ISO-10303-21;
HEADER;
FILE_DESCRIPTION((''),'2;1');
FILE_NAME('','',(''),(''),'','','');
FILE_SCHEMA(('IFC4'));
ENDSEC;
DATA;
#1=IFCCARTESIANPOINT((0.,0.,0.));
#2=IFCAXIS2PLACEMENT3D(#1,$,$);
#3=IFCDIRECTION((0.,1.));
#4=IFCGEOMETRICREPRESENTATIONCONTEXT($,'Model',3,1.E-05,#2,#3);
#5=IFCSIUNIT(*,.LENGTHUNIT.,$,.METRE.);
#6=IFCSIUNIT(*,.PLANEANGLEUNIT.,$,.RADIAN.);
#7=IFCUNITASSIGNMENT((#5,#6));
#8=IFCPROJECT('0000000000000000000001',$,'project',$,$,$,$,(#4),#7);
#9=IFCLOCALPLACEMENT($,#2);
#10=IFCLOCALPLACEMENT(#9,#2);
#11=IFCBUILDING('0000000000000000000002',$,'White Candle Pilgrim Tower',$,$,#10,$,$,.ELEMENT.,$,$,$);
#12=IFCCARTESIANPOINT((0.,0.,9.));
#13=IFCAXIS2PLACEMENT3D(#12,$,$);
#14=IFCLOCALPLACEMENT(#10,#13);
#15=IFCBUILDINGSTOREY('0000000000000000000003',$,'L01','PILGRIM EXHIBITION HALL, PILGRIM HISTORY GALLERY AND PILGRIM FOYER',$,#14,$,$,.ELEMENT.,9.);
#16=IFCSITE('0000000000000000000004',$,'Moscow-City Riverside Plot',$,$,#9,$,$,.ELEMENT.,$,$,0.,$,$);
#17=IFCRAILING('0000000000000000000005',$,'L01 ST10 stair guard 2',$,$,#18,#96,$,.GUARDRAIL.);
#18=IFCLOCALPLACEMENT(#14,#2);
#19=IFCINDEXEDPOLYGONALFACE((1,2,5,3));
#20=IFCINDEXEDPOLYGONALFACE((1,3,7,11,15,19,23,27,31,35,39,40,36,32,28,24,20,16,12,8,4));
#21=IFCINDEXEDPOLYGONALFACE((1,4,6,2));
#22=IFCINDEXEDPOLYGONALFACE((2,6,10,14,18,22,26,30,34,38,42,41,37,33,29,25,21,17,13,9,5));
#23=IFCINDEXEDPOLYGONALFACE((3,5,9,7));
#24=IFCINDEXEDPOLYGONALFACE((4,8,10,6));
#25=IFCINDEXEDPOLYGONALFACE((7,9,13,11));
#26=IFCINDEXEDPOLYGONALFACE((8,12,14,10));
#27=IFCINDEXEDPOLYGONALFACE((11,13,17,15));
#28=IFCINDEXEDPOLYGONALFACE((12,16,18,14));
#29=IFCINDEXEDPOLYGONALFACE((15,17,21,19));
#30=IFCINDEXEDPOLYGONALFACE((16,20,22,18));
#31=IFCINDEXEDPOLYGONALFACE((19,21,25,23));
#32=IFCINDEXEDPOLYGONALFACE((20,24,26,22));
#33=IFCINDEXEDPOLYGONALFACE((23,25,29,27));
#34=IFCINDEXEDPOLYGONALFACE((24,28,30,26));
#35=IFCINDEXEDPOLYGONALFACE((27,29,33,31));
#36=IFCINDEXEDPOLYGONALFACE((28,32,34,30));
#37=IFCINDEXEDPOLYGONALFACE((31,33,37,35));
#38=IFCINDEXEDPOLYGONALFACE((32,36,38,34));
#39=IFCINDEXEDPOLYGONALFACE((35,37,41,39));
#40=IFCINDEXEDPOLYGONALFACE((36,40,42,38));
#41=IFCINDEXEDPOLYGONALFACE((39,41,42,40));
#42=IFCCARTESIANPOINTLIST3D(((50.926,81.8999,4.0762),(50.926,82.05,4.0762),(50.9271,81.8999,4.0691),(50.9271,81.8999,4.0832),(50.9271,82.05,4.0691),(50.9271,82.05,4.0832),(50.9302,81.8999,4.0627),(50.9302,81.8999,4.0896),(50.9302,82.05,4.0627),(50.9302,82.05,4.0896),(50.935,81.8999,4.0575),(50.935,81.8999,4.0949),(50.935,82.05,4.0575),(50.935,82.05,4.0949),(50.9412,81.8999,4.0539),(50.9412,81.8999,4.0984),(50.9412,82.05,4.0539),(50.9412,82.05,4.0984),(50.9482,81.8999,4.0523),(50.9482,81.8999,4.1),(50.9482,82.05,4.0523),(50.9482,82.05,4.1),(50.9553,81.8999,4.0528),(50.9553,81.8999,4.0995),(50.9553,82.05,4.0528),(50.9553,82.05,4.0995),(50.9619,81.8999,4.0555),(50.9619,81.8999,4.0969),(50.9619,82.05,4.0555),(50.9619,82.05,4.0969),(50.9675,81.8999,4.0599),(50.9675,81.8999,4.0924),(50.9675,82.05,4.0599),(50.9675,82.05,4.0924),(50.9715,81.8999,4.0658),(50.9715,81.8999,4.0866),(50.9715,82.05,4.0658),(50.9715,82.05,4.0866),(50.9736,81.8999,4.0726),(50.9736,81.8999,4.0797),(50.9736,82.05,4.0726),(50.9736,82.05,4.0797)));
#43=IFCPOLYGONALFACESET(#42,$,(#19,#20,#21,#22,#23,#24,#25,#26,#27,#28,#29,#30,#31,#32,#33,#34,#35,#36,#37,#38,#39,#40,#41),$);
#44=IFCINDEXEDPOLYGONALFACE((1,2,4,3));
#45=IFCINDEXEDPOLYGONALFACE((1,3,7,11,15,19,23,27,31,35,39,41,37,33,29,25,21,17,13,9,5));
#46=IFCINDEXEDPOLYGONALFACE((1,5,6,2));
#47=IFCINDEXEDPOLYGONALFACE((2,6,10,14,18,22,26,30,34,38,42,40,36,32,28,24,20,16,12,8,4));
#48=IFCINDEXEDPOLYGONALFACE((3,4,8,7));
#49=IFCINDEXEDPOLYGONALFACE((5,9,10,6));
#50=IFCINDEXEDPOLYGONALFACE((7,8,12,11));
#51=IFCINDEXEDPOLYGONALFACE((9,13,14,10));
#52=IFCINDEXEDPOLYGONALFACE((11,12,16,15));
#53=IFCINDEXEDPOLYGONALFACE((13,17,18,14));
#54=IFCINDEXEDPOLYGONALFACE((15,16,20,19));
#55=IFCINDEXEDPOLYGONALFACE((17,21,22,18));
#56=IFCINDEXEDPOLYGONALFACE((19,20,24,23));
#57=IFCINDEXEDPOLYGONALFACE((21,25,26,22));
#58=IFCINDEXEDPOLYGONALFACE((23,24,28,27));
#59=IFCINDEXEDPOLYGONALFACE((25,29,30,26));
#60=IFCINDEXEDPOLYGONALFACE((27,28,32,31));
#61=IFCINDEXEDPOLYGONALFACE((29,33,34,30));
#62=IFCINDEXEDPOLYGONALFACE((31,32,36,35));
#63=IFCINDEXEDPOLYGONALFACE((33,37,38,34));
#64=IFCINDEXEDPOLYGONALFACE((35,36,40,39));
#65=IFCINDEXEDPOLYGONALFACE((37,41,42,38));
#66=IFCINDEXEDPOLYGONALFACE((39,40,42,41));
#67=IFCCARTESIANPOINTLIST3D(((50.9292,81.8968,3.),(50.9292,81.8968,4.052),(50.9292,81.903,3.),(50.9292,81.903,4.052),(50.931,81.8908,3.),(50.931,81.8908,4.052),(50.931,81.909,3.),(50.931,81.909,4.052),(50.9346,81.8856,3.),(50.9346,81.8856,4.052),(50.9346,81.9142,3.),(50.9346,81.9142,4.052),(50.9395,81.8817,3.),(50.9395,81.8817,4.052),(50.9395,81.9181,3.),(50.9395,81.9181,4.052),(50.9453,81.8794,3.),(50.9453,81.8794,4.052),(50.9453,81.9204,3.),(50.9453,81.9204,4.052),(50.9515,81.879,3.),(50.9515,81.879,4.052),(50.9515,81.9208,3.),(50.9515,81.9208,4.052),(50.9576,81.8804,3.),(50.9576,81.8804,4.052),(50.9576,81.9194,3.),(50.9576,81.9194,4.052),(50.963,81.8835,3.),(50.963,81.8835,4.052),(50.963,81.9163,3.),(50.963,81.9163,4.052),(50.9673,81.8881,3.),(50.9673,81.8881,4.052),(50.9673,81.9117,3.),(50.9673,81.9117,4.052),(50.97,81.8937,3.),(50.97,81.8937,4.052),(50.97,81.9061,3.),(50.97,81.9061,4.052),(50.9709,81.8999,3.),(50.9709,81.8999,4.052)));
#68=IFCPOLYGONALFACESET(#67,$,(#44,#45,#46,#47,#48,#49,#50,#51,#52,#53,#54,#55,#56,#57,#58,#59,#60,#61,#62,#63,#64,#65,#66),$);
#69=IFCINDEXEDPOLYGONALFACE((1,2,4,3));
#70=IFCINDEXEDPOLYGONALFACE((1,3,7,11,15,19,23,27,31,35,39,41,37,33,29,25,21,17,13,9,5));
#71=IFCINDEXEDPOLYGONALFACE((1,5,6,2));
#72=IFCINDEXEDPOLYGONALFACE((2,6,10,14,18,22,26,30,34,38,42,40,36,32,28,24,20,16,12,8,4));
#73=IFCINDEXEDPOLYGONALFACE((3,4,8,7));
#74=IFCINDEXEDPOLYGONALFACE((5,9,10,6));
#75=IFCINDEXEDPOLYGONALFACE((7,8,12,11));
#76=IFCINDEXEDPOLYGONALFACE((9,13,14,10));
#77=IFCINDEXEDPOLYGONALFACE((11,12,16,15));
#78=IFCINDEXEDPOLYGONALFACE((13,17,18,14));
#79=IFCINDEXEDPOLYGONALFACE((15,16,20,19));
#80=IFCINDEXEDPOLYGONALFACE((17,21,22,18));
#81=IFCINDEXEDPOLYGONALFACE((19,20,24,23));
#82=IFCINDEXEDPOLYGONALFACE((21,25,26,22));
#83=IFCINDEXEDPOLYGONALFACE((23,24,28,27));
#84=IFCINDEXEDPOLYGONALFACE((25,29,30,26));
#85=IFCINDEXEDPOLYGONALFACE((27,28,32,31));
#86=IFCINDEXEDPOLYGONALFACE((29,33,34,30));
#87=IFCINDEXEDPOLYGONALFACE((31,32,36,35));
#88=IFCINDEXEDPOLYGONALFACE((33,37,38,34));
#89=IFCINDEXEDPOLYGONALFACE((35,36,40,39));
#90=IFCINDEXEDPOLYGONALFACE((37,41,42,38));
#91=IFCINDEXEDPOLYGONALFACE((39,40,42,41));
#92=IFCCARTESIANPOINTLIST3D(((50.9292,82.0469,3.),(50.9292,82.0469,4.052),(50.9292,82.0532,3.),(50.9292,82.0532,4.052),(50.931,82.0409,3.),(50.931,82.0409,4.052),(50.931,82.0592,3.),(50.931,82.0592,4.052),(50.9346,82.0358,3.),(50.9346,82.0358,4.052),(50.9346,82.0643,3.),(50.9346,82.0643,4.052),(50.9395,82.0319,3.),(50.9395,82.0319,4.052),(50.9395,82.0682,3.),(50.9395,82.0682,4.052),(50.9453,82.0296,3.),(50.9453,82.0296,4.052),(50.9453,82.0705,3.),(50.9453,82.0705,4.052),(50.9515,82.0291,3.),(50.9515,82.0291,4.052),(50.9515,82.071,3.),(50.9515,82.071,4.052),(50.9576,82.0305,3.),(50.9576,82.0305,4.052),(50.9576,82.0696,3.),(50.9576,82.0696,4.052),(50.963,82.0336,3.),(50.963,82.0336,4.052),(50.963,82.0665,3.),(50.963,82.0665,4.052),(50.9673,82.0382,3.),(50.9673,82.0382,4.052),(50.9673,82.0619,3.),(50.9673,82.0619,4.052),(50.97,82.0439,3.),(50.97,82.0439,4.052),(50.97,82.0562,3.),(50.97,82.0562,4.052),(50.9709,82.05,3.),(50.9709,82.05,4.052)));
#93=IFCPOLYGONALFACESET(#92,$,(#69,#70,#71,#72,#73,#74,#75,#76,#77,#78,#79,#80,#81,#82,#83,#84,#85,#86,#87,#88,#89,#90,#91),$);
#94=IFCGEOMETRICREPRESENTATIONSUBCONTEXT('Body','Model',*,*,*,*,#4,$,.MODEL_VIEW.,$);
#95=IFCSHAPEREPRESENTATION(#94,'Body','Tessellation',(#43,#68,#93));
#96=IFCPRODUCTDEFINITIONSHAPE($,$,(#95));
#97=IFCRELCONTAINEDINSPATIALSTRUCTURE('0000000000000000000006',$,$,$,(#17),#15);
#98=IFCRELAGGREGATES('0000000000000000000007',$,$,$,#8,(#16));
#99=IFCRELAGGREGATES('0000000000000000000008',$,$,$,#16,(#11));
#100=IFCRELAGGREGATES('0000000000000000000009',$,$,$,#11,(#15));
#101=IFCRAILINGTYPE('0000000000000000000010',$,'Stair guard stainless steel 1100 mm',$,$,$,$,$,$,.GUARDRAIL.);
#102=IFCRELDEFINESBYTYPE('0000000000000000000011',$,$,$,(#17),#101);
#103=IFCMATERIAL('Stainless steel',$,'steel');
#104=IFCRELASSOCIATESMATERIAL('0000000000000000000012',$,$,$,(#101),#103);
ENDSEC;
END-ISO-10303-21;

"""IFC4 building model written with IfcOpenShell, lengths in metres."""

from ifc_helpers import new_model, si_unit, direction, frame, origin, origin_2d, place, context, subcontext, project, spatial, circle, extrude, material, type_object, element, save


model = new_model("IFC4")

# Units and contexts
model_context = context("Model", 3, precision=1e-05, world=origin(), true_north=direction((0.0, 1.0)))
body_context = subcontext(model_context, "Body", "Model", "MODEL_VIEW")
ifc_project = project(units=[si_unit("LENGTHUNIT", "METRE"), si_unit("PLANEANGLEUNIT", "RADIAN")], contexts=[model_context])

# Site, building, storey
site_placement = place(None, origin())
site = spatial("IfcSite", under=ifc_project, at=site_placement, Name="Moscow-City Riverside Plot", CompositionType="ELEMENT", RefElevation=0.0)
building_placement = place(site_placement, origin())
building = spatial("IfcBuilding", under=site, at=building_placement, Name="White Candle Pilgrim Tower", CompositionType="ELEMENT")
storey_placement = place(building_placement, frame((0.0, 0.0, 9.0)))
storey = spatial("IfcBuildingStorey", under=building, at=storey_placement, Name="L01", Description="PILGRIM EXHIBITION HALL, PILGRIM HISTORY GALLERY AND PILGRIM FOYER", CompositionType="ELEMENT", Elevation=9.0)

# Railing
ifc_material_1 = material(Name="Stainless steel", Category="steel")
railing_type_1 = type_object("IfcRailingType", Name="Stair guard stainless steel 1100 mm", PredefinedType="GUARDRAIL", material=ifc_material_1)
railing_1_placement = place(storey_placement, frame((50.95, 81.8999, 3.0)))
element("IfcRailing", 1, at=railing_1_placement, inside=storey, type_object=railing_type_1, Name="L01 ST10 stair guard 2", PredefinedType="GUARDRAIL", context=body_context, shape_type="SweptSolid", body=[
    extrude(circle(Radius=0.0239, at=origin_2d()), frame((0.0, 0.0, 1.0762), z_axis=(0.0, 1.0, 0.0), x_axis=(-1.0, 0.0, 0.0)), (0.0, 0.0, 1.0), 0.1501),
    extrude(circle(Radius=0.021, at=origin_2d()), origin(), (0.0, 0.0, 1.0), 1.052),
    extrude(circle(Radius=0.021, at=origin_2d()), frame((0.0, 0.1501, 0.0)), (0.0, 0.0, 1.0), 1.052),
])

save(model, "model.ifc")
